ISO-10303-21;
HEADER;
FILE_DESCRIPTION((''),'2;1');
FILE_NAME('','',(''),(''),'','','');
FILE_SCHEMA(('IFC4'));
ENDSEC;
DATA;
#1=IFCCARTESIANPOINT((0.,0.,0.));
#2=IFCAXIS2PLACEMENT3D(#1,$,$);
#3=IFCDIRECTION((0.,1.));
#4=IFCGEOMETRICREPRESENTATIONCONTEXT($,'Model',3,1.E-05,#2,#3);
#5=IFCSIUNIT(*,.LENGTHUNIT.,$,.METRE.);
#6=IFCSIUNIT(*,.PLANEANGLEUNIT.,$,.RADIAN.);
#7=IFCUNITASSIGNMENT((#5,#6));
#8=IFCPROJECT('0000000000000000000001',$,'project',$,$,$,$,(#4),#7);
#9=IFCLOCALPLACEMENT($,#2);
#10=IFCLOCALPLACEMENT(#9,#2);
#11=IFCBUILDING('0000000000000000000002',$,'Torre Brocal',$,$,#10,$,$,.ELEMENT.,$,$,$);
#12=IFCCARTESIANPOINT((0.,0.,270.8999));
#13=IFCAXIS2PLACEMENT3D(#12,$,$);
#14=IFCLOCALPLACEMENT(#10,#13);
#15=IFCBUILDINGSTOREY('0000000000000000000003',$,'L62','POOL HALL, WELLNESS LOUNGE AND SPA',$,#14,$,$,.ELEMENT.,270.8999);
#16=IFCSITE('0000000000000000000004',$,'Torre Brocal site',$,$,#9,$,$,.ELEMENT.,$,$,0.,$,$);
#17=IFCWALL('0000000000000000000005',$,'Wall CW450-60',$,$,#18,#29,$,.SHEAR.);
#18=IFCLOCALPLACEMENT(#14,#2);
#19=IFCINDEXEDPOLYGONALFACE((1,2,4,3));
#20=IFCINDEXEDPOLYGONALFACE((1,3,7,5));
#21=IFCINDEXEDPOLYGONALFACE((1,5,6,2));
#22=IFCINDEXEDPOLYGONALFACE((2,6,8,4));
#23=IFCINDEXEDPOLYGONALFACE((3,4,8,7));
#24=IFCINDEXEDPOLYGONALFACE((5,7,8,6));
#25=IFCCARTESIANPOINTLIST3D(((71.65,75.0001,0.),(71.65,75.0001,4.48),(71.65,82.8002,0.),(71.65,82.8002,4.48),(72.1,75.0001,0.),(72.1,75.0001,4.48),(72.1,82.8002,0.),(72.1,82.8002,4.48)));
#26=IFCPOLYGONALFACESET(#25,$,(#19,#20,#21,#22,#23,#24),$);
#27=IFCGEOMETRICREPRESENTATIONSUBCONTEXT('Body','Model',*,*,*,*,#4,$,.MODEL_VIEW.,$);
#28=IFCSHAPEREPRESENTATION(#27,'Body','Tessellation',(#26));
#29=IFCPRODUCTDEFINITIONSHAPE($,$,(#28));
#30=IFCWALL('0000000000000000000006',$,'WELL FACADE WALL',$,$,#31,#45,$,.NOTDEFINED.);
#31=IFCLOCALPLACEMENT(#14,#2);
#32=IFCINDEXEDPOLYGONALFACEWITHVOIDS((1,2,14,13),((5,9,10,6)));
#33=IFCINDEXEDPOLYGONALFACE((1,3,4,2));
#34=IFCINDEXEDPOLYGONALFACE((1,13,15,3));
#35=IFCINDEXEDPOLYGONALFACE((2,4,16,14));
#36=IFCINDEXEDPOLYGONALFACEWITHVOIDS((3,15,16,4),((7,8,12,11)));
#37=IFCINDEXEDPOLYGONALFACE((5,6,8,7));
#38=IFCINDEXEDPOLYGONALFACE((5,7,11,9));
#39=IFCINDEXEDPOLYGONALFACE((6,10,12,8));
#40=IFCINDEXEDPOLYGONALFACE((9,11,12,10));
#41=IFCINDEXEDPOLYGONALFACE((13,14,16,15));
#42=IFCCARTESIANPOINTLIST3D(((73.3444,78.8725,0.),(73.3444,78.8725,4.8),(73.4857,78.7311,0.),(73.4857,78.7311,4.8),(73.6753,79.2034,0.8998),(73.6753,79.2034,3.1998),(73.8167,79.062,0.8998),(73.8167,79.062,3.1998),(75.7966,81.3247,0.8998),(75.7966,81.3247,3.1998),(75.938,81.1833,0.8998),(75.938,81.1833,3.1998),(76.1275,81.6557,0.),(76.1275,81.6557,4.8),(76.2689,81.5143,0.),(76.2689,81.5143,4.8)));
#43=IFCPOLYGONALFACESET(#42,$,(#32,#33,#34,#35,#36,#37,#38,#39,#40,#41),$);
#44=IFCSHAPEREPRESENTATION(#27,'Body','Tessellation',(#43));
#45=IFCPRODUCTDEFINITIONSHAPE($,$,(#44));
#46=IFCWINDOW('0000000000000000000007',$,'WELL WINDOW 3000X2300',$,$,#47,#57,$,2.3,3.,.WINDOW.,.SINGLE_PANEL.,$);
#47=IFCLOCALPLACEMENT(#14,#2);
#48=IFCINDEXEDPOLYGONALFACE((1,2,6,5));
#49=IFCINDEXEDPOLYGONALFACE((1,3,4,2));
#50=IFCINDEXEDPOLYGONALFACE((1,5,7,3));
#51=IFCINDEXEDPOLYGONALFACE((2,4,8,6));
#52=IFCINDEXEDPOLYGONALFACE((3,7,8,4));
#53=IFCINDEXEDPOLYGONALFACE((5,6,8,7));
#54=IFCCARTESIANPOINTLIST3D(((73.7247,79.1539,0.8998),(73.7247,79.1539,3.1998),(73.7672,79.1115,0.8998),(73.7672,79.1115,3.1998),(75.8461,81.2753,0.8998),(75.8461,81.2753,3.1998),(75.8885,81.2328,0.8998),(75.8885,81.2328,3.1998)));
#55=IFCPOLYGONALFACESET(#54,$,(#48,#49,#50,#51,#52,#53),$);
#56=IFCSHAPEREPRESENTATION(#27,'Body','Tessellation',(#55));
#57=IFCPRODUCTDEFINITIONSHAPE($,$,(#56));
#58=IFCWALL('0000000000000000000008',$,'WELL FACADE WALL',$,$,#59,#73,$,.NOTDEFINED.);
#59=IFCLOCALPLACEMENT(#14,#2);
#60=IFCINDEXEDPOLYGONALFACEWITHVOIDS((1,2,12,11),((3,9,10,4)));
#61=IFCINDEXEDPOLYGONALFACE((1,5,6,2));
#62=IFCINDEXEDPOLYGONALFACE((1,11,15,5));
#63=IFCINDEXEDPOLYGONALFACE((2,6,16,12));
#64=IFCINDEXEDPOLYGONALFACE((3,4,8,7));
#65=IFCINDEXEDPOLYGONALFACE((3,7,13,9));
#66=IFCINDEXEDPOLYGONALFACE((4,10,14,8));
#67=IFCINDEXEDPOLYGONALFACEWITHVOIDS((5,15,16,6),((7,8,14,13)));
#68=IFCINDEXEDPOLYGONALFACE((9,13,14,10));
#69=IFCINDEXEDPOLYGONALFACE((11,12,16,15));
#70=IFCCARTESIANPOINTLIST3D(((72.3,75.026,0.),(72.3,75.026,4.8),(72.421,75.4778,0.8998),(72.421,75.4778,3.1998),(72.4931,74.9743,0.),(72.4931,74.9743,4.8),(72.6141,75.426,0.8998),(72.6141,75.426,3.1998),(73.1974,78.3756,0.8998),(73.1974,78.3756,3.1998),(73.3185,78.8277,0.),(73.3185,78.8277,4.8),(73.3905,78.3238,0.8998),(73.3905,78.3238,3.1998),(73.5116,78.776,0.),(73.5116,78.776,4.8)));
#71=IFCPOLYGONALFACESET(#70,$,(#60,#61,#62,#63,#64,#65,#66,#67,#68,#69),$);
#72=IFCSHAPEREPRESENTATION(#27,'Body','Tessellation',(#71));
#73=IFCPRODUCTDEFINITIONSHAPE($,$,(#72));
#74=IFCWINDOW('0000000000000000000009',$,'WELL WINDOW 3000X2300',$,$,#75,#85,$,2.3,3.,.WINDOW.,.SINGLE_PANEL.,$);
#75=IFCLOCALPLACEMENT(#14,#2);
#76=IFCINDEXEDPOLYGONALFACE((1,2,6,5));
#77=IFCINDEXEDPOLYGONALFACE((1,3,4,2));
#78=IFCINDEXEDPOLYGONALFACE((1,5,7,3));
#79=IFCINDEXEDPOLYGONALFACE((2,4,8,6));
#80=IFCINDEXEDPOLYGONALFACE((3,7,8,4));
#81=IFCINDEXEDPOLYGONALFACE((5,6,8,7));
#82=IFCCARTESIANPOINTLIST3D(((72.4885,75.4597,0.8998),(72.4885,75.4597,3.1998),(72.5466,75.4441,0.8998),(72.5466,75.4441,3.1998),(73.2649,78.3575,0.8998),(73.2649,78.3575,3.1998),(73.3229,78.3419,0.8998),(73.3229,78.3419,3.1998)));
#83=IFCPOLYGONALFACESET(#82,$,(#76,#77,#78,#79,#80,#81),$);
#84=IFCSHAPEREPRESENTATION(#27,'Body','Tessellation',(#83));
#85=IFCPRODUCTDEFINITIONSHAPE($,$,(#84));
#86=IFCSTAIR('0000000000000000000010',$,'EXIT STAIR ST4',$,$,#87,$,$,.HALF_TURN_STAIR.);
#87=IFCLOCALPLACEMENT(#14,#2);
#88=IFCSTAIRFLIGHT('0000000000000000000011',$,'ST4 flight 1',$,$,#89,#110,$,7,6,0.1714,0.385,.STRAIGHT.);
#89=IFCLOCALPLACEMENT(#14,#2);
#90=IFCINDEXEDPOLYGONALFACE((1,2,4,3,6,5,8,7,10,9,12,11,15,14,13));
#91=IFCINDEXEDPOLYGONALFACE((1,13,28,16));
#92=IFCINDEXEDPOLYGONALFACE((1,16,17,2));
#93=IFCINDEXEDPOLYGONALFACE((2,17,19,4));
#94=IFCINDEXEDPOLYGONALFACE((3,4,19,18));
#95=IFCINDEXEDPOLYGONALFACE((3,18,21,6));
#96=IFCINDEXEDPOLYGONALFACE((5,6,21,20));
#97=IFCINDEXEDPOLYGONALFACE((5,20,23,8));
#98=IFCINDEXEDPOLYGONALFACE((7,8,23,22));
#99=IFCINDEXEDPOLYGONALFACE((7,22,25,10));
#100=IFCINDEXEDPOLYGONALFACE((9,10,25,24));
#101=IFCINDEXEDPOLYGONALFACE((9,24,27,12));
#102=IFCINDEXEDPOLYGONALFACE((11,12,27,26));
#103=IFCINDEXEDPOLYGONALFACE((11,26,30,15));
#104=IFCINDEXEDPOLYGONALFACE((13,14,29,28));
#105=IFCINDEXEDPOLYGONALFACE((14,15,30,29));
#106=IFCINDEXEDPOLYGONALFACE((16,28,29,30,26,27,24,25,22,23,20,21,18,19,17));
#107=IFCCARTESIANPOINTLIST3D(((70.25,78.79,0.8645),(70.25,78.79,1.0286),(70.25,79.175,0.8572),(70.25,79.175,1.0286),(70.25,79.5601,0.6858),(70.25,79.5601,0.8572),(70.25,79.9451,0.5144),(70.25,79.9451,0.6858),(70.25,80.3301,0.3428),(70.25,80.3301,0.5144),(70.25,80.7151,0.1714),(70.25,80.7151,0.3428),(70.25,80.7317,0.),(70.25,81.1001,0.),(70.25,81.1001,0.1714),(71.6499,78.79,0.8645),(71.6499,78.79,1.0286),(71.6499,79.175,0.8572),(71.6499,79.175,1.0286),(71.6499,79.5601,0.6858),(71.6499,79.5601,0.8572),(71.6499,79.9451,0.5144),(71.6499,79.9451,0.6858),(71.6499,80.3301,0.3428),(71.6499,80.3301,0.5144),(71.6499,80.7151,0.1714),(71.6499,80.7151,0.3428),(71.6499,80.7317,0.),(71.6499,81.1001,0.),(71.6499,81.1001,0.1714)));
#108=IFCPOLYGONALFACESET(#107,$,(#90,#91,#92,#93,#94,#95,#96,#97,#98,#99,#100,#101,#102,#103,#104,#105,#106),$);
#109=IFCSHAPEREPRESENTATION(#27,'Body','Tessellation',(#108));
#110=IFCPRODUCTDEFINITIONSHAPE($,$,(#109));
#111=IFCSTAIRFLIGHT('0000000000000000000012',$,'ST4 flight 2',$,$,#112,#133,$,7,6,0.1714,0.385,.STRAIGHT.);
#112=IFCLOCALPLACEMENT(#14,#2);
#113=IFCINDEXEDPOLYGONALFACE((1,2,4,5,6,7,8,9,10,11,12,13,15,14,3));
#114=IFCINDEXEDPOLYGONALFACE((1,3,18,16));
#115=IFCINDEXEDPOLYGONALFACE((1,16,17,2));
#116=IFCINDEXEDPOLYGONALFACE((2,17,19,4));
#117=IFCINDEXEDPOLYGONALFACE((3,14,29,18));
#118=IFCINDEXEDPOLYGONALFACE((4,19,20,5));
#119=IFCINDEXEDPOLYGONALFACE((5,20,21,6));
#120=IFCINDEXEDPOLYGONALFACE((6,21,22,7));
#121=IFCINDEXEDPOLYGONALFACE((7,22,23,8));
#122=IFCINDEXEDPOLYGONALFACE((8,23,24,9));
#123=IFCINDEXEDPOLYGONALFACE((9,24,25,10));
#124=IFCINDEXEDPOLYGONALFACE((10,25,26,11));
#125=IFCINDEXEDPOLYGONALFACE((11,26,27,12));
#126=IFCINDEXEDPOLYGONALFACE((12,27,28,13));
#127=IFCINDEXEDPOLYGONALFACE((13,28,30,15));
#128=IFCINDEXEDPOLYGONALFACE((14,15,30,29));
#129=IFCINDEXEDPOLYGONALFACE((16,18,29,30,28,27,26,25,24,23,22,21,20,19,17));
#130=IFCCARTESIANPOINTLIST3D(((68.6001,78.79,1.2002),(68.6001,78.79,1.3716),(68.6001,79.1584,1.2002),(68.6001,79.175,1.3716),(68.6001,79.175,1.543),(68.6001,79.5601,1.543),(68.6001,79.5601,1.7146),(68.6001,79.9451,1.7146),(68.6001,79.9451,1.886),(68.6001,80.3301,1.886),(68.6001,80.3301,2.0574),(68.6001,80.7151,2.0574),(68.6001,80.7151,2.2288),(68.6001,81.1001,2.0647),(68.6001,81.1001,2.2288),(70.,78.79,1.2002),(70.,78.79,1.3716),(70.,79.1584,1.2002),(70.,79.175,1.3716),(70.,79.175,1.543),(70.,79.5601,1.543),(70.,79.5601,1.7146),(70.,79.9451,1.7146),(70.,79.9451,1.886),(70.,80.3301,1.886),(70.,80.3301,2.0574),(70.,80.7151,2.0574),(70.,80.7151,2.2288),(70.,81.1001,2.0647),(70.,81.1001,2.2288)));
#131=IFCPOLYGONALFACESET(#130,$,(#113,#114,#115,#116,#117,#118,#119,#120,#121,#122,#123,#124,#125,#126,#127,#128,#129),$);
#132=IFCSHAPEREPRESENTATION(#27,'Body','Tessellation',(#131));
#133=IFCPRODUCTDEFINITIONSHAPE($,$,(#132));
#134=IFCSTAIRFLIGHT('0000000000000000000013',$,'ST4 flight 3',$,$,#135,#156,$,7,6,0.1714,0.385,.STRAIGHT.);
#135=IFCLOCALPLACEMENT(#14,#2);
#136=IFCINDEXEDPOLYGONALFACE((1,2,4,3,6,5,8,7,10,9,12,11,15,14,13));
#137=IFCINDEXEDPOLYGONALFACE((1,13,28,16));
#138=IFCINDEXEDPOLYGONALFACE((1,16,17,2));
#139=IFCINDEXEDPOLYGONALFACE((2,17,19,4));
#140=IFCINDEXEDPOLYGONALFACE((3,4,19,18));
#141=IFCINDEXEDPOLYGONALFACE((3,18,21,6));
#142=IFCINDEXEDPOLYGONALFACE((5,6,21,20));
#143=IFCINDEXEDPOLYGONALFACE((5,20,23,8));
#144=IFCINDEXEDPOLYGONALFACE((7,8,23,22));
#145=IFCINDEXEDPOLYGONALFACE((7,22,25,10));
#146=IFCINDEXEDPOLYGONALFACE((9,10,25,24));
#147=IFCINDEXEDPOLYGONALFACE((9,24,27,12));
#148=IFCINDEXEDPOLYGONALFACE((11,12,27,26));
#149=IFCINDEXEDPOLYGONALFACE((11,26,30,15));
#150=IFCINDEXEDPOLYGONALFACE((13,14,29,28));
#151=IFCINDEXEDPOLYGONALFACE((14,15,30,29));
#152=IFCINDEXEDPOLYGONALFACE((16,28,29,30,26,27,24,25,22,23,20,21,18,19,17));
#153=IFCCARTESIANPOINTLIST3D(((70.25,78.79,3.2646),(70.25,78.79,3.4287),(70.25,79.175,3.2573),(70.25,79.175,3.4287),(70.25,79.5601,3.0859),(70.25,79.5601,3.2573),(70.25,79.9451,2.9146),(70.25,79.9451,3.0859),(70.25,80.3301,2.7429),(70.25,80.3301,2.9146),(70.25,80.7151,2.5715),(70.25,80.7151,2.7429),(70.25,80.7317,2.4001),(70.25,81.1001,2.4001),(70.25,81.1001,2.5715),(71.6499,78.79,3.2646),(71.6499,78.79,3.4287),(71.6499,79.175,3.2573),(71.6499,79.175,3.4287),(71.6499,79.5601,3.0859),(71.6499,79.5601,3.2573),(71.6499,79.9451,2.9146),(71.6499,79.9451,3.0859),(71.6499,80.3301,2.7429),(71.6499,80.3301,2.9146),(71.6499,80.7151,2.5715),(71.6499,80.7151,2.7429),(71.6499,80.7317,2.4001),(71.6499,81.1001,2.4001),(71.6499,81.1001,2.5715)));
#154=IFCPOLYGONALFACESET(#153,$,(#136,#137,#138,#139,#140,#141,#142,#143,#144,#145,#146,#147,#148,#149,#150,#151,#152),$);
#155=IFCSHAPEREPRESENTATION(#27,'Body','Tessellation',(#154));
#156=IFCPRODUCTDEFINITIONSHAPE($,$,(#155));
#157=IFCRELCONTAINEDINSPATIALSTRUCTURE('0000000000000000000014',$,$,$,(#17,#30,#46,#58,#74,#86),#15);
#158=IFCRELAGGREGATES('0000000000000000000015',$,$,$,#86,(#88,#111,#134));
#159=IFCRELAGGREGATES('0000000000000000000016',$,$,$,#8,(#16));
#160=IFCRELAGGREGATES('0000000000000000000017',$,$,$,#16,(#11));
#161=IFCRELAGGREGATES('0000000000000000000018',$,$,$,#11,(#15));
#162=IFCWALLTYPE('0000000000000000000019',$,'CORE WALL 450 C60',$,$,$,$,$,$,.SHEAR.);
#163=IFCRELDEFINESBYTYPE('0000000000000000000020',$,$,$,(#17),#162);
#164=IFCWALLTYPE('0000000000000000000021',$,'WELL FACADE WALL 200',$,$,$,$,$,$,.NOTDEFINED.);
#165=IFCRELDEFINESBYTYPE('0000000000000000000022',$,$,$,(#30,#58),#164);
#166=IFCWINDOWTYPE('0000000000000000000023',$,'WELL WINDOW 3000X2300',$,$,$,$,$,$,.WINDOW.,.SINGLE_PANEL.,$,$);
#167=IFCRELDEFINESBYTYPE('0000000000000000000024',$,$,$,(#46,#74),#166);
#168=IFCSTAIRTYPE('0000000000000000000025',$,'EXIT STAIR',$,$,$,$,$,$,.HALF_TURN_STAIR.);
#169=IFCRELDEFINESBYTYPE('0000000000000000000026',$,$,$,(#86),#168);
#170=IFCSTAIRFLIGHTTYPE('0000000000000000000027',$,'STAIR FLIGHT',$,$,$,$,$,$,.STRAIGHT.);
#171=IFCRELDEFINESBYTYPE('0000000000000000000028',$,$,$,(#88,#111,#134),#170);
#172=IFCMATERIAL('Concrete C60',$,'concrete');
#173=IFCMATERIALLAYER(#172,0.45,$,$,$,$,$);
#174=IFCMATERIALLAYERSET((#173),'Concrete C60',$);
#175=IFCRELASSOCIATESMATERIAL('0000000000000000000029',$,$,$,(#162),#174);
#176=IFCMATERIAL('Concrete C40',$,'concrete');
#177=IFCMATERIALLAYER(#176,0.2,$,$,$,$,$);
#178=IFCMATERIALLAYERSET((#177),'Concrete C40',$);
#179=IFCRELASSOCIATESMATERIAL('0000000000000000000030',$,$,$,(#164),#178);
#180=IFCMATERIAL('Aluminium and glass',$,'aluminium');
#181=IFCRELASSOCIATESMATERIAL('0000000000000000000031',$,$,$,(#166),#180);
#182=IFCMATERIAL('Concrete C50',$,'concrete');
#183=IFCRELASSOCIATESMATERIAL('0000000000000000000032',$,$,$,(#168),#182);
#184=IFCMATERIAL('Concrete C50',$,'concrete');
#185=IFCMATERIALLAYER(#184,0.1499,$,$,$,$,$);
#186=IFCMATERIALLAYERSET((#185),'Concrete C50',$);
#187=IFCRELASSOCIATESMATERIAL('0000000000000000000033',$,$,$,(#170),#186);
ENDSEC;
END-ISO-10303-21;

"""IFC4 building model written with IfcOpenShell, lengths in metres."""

from ifc_helpers import new_model, si_unit, direction, frame, frame_2d, origin, place, context, subcontext, project, spatial, polyline, rectangle, outline, extrude, material, layer, layer_set, type_object, element, fill, aggregate, save


model = new_model("IFC4")

# Units and contexts
model_context = context("Model", 3, precision=1e-05, world=origin(), true_north=direction((0.0, 1.0)))
body_context = subcontext(model_context, "Body", "Model", "MODEL_VIEW")
ifc_project = project(units=[si_unit("LENGTHUNIT", "METRE"), si_unit("PLANEANGLEUNIT", "RADIAN")], contexts=[model_context])

# Site, building, storey
site_placement = place(None, origin())
site = spatial("IfcSite", under=ifc_project, at=site_placement, Name="Torre Brocal site", CompositionType="ELEMENT", RefElevation=0.0)
building_placement = place(site_placement, origin())
building = spatial("IfcBuilding", under=site, at=building_placement, Name="Torre Brocal", CompositionType="ELEMENT")
storey_placement = place(building_placement, frame((0.0, 0.0, 270.8999)))
storey = spatial("IfcBuildingStorey", under=building, at=storey_placement, Name="L62", Description="POOL HALL, WELLNESS LOUNGE AND SPA", CompositionType="ELEMENT", Elevation=270.8999)

# Wall
ifc_material_1 = material(Name="Concrete C60", Category="concrete")
ifc_layer_1 = layer(ifc_material_1, 0.45)
ifc_layer_set_1 = layer_set([ifc_layer_1], Name="Concrete C60")
wall_type_1 = type_object("IfcWallType", Name="CORE WALL 450 C60", PredefinedType="SHEAR", material=ifc_layer_set_1)
wall_1_placement = place(storey_placement, frame((71.875, 82.8, 0.0), z_axis=(0.0, 0.0, 1.0), x_axis=(0.0, -1.0, 0.0)))
element("IfcWall", 1, at=wall_1_placement, inside=storey, type_object=wall_type_1, Name="Wall CW450-60", PredefinedType="SHEAR", context=body_context, shape_type="SweptSolid", body=[
    extrude(rectangle(XDim=7.8, YDim=0.45, at=frame_2d((3.8999, 0.0))), origin(), (0.0, 0.0, 1.0), 4.48),
])

# Walls, openings, windows
ifc_material_2 = material(Name="Concrete C40", Category="concrete")
ifc_layer_2 = layer(ifc_material_2, 0.2)
ifc_layer_set_2 = layer_set([ifc_layer_2], Name="Concrete C40")
wall_type_2 = type_object("IfcWallType", Name="WELL FACADE WALL 200", PredefinedType="NOTDEFINED", material=ifc_layer_set_2)
wall_2_placement = place(storey_placement, frame((76.1982, 81.585, 0.0), z_axis=(0.0, 0.0, 1.0), x_axis=(-0.707107, -0.707107, 0.0)))
wall_2 = element("IfcWall", 2, at=wall_2_placement, inside=storey, type_object=wall_type_2, Name="WELL FACADE WALL", PredefinedType="NOTDEFINED", context=body_context, shape_type="SweptSolid", body=[
    extrude(rectangle(XDim=3.936, YDim=0.2, at=frame_2d((1.968, 0.0))), origin(), (0.0, 0.0, 1.0), 4.8),
])
opening_1_placement = place(wall_2_placement, frame((0.468, 0.0, 0.8999)))
opening_1 = element("IfcOpeningElement", 3, at=opening_1_placement, cuts=wall_2, PredefinedType="OPENING", context=body_context, shape_type="SweptSolid", body=[
    extrude(rectangle(XDim=3.0, YDim=2.3, at=frame_2d((1.5, 1.1499))), frame((0.0, 0.1099, 0.0), z_axis=(0.0, -1.0, 0.0), x_axis=(1.0, 0.0, 0.0)), (0.0, 0.0, 1.0), 0.22),
])
ifc_material_3 = material(Name="Aluminium and glass", Category="aluminium")
window_type = type_object("IfcWindowType", Name="WELL WINDOW 3000X2300", PartitioningType="SINGLE_PANEL", PredefinedType="WINDOW", material=ifc_material_3)
window_1_placement = place(opening_1_placement, origin())
window_1 = element("IfcWindow", 4, at=window_1_placement, inside=storey, type_object=window_type, Name="WELL WINDOW 3000X2300", OverallHeight=2.3, OverallWidth=3.0, PartitioningType="SINGLE_PANEL", PredefinedType="WINDOW", context=body_context, shape_type="SweptSolid", body=[
    extrude(rectangle(XDim=3.0, YDim=2.3, at=frame_2d((1.5, 1.1499))), frame((0.0, 0.03, 0.0), z_axis=(0.0, -1.0, 0.0), x_axis=(1.0, 0.0, 0.0)), (0.0, 0.0, 1.0), 0.0601),
])
fill(opening_1, window_1)
wall_3_placement = place(storey_placement, frame((73.415, 78.8018, 0.0), z_axis=(0.0, 0.0, 1.0), x_axis=(-0.25879, -0.965934, 0.0)))
wall_3 = element("IfcWall", 5, at=wall_3_placement, inside=storey, type_object=wall_type_2, Name="WELL FACADE WALL", PredefinedType="NOTDEFINED", context=body_context, shape_type="SweptSolid", body=[
    extrude(rectangle(XDim=3.9358, YDim=0.2, at=frame_2d((1.9678, 0.0))), origin(), (0.0, 0.0, 1.0), 4.8),
])
opening_2_placement = place(wall_3_placement, frame((0.468, 0.0, 0.8999)))
opening_2 = element("IfcOpeningElement", 6, at=opening_2_placement, cuts=wall_3, PredefinedType="OPENING", context=body_context, shape_type="SweptSolid", body=[
    extrude(rectangle(XDim=3.0, YDim=2.3, at=frame_2d((1.5, 1.1499))), frame((0.0, 0.1099, 0.0), z_axis=(0.0, -1.0, 0.0), x_axis=(1.0, 0.0, 0.0)), (0.0, 0.0, 1.0), 0.22),
])
window_2_placement = place(opening_2_placement, origin())
window_2 = element("IfcWindow", 7, at=window_2_placement, inside=storey, type_object=window_type, Name="WELL WINDOW 3000X2300", OverallHeight=2.3, OverallWidth=3.0, PartitioningType="SINGLE_PANEL", PredefinedType="WINDOW", context=body_context, shape_type="SweptSolid", body=[
    extrude(rectangle(XDim=3.0, YDim=2.3, at=frame_2d((1.5, 1.1499))), frame((0.0, 0.03, 0.0), z_axis=(0.0, -1.0, 0.0), x_axis=(1.0, 0.0, 0.0)), (0.0, 0.0, 1.0), 0.0601),
])
fill(opening_2, window_2)

# Stair, stair flights
ifc_material_4 = material(Name="Concrete C50", Category="concrete")
stair_type = type_object("IfcStairType", Name="EXIT STAIR", PredefinedType="HALF_TURN_STAIR", material=ifc_material_4)
stair_placement = place(storey_placement, origin())
stair = element("IfcStair", 8, at=stair_placement, inside=storey, type_object=stair_type, Name="EXIT STAIR ST4", PredefinedType="HALF_TURN_STAIR")
ifc_material_5 = material(Name="Concrete C50", Category="concrete")
ifc_layer_3 = layer(ifc_material_5, 0.1499)
ifc_layer_set_3 = layer_set([ifc_layer_3], Name="Concrete C50")
stair_flight_type = type_object("IfcStairFlightType", Name="STAIR FLIGHT", PredefinedType="STRAIGHT", material=ifc_layer_set_3)
stair_flight_1_placement = place(storey_placement, frame((70.95, 81.1001, 0.0), z_axis=(0.0, 0.0, 1.0), x_axis=(0.0, -1.0, 0.0)))
stair_flight_1 = element("IfcStairFlight", 9, at=stair_flight_1_placement, type_object=stair_flight_type, Name="ST4 flight 1", NumberOfRisers=7, NumberOfTreads=6, PredefinedType="STRAIGHT", RiserHeight=0.1714, TreadLength=0.385, context=body_context, shape_type="SweptSolid", body=[
    extrude(outline(polyline([(0.0, 0.0), (0.0, 0.1714), (0.385, 0.1714), (0.385, 0.3428), (0.77, 0.3428), (0.77, 0.5144), (1.155, 0.5144), (1.155, 0.6858), (1.54, 0.6858), (1.54, 0.8572), (1.925, 0.8572), (1.925, 1.0286), (2.3101, 1.0286), (2.3101, 1.2), (2.3101, 0.8645), (0.3684, 0.0), (0.0, 0.0)])), frame((0.0, 0.7, 0.0), z_axis=(0.0, -1.0, 0.0), x_axis=(1.0, 0.0, 0.0)), (0.0, 0.0, 1.0), 1.3999),
])
stair_flight_2_placement = place(storey_placement, frame((69.3, 78.79, 1.2002), z_axis=(0.0, 0.0, 1.0), x_axis=(0.0, 1.0, 0.0)))
stair_flight_2 = element("IfcStairFlight", 10, at=stair_flight_2_placement, type_object=stair_flight_type, Name="ST4 flight 2", NumberOfRisers=7, NumberOfTreads=6, PredefinedType="STRAIGHT", RiserHeight=0.1714, TreadLength=0.385, context=body_context, shape_type="SweptSolid", body=[
    extrude(outline(polyline([(0.0, 0.0), (0.0, 0.1714), (0.385, 0.1714), (0.385, 0.3428), (0.77, 0.3428), (0.77, 0.5144), (1.155, 0.5144), (1.155, 0.6858), (1.54, 0.6858), (1.54, 0.8572), (1.925, 0.8572), (1.925, 1.0286), (2.3101, 1.0286), (2.3101, 1.2), (2.3101, 0.8645), (0.3684, 0.0), (0.0, 0.0)])), frame((0.0, 0.7, 0.0), z_axis=(0.0, -1.0, 0.0), x_axis=(1.0, 0.0, 0.0)), (0.0, 0.0, 1.0), 1.3999),
])
stair_flight_3_placement = place(storey_placement, frame((70.95, 81.1001, 2.4001), z_axis=(0.0, 0.0, 1.0), x_axis=(0.0, -1.0, 0.0)))
stair_flight_3 = element("IfcStairFlight", 11, at=stair_flight_3_placement, type_object=stair_flight_type, Name="ST4 flight 3", NumberOfRisers=7, NumberOfTreads=6, PredefinedType="STRAIGHT", RiserHeight=0.1714, TreadLength=0.385, context=body_context, shape_type="SweptSolid", body=[
    extrude(outline(polyline([(0.0, 0.0), (0.0, 0.1714), (0.385, 0.1714), (0.385, 0.3428), (0.77, 0.3428), (0.77, 0.5144), (1.155, 0.5144), (1.155, 0.6858), (1.54, 0.6858), (1.54, 0.8572), (1.925, 0.8572), (1.925, 1.0286), (2.3101, 1.0286), (2.3101, 1.2), (2.3101, 0.8645), (0.3684, 0.0), (0.0, 0.0)])), frame((0.0, 0.7, 0.0), z_axis=(0.0, -1.0, 0.0), x_axis=(1.0, 0.0, 0.0)), (0.0, 0.0, 1.0), 1.3999),
])
aggregate(stair, [stair_flight_1, stair_flight_2, stair_flight_3])

save(model, "model.ifc")
